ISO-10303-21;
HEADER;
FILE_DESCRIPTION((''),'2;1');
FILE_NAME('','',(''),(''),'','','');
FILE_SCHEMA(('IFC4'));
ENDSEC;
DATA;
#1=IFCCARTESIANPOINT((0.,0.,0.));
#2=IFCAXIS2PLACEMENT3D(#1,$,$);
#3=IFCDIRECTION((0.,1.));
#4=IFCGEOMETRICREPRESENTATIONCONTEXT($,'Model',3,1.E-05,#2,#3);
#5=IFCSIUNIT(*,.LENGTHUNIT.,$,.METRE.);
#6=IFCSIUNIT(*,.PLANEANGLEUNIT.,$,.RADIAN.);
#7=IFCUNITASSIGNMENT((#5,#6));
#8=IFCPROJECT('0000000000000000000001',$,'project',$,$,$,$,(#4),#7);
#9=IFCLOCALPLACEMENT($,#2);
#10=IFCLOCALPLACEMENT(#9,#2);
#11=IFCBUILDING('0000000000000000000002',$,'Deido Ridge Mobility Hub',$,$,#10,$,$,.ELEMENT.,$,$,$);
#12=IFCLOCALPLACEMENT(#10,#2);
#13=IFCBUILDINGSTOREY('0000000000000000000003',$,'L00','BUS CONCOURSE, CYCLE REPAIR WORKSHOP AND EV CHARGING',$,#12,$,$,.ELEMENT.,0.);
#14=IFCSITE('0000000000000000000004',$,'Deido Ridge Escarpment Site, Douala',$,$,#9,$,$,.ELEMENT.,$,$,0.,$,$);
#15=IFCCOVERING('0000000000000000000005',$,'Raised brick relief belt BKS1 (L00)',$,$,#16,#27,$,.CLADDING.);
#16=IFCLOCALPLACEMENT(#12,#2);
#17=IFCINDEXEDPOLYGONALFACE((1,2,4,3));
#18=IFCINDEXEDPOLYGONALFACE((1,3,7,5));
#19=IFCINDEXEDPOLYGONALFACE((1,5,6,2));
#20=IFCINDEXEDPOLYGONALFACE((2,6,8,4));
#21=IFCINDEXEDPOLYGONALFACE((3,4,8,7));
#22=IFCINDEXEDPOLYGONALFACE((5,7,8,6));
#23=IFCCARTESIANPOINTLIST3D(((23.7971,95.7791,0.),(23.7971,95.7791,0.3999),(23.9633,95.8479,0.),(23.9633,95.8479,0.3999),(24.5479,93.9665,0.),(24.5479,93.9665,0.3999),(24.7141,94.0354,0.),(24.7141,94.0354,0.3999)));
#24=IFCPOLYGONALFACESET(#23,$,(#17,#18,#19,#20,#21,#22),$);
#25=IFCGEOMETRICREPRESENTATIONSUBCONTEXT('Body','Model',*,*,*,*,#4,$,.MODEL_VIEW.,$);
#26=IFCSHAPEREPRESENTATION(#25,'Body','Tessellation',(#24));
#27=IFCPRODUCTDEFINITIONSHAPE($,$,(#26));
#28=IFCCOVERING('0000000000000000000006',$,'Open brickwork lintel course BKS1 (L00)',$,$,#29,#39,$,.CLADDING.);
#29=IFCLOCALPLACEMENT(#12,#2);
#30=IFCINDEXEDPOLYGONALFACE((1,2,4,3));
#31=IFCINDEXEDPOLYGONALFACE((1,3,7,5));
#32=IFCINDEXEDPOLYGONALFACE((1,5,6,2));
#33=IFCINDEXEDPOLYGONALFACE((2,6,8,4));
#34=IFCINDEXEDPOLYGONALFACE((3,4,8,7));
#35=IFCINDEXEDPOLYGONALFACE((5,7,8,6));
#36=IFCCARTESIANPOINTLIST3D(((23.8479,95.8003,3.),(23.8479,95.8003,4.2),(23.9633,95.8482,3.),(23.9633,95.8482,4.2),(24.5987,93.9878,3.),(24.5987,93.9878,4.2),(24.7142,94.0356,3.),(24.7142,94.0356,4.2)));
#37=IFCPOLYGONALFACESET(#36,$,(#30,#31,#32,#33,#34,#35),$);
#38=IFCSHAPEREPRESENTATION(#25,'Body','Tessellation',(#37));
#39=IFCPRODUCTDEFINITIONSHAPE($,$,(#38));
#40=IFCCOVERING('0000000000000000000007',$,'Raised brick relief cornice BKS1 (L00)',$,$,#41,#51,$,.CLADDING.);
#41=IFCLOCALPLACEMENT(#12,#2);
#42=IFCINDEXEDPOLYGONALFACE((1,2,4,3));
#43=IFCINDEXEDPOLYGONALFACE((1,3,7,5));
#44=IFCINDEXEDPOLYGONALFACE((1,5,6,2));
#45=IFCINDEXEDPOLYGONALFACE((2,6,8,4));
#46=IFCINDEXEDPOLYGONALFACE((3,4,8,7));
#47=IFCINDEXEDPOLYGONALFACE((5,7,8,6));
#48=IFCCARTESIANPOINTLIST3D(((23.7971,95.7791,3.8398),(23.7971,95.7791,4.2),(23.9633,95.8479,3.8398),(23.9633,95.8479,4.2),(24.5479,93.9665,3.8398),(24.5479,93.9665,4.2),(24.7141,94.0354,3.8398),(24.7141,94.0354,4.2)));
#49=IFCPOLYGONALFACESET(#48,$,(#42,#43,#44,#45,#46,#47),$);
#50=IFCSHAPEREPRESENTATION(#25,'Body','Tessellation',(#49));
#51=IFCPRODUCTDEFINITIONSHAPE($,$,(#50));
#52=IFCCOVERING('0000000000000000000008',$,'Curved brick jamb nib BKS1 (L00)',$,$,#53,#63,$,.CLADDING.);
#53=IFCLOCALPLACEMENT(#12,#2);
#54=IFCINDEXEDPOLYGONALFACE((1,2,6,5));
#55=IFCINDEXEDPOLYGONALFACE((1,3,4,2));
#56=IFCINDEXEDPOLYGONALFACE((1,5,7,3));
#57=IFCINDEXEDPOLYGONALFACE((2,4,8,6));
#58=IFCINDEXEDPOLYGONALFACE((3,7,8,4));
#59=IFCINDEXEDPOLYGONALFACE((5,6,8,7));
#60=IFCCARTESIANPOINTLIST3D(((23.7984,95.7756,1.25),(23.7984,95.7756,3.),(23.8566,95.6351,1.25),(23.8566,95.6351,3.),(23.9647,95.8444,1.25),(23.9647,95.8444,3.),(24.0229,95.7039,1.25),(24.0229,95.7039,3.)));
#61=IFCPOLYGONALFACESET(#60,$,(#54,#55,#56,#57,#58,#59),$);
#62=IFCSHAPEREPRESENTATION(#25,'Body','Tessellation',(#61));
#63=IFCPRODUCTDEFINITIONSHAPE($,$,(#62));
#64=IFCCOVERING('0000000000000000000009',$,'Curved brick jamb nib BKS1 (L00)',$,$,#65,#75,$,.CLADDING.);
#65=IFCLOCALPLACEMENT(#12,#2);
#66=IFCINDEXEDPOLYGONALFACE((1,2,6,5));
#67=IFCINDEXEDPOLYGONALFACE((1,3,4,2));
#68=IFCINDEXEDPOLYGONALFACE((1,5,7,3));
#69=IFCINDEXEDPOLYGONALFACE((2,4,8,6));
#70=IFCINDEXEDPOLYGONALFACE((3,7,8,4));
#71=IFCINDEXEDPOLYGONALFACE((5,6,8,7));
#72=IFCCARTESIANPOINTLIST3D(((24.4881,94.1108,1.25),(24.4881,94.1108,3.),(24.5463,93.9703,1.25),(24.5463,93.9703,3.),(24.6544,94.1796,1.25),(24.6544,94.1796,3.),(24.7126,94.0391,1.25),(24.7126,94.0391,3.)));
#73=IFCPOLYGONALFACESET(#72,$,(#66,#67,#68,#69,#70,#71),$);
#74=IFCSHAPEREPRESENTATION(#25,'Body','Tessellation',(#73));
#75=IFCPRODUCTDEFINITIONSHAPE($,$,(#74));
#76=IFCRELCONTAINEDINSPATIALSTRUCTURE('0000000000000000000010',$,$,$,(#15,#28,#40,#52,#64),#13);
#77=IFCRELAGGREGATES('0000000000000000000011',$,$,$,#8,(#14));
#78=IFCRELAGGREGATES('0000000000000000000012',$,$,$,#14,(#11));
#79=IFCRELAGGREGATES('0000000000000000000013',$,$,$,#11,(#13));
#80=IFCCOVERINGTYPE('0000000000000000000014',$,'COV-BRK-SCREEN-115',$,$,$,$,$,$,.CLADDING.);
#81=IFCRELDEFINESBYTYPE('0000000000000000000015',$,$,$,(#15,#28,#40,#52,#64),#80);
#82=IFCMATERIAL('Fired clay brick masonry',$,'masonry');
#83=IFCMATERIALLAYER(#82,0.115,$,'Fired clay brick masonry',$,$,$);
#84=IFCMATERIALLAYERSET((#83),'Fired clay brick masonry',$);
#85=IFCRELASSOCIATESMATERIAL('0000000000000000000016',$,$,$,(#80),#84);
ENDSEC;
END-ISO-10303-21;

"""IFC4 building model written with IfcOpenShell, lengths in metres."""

from ifc_helpers import new_model, si_unit, direction, frame, origin, origin_2d, place, context, subcontext, project, spatial, rectangle, extrude, material, layer, layer_set, type_object, element, save


model = new_model("IFC4")

# Units and contexts
model_context = context("Model", 3, precision=1e-05, world=origin(), true_north=direction((0.0, 1.0)))
body_context = subcontext(model_context, "Body", "Model", "MODEL_VIEW")
ifc_project = project(units=[si_unit("LENGTHUNIT", "METRE"), si_unit("PLANEANGLEUNIT", "RADIAN")], contexts=[model_context])

# Site, building, storey
site_placement = place(None, origin())
site = spatial("IfcSite", under=ifc_project, at=site_placement, Name="Deido Ridge Escarpment Site, Douala", CompositionType="ELEMENT", RefElevation=0.0)
building_placement = place(site_placement, origin())
building = spatial("IfcBuilding", under=site, at=building_placement, Name="Deido Ridge Mobility Hub", CompositionType="ELEMENT")
storey_placement = place(building_placement, origin())
storey = spatial("IfcBuildingStorey", under=building, at=storey_placement, Name="L00", Description="BUS CONCOURSE, CYCLE REPAIR WORKSHOP AND EV CHARGING", CompositionType="ELEMENT", Elevation=0.0)

# Coverings
ifc_material_1 = material(Name="Fired clay brick masonry", Category="masonry")
ifc_layer = layer(ifc_material_1, 0.115, Name="Fired clay brick masonry")
ifc_layer_set = layer_set([ifc_layer], Name="Fired clay brick masonry")
covering_type = type_object("IfcCoveringType", Name="COV-BRK-SCREEN-115", PredefinedType="CLADDING", material=ifc_layer_set)
covering_1_placement = place(storey_placement, frame((24.2556, 94.9072, 0.0), z_axis=(0.0, 0.0, 1.0), x_axis=(0.3827, -0.923873, 0.0)))
element("IfcCovering", 1, at=covering_1_placement, inside=storey, type_object=covering_type, Name="Raised brick relief belt BKS1 (L00)", PredefinedType="CLADDING", context=body_context, shape_type="SweptSolid", body=[
    extrude(rectangle(XDim=1.9619, YDim=0.1799, at=origin_2d()), origin(), (0.0, 0.0, 1.0), 0.3999),
])
covering_2_placement = place(storey_placement, frame((24.281, 94.918, 3.0), z_axis=(0.0, 0.0, 1.0), x_axis=(0.3827, -0.923873, 0.0)))
element("IfcCovering", 2, at=covering_2_placement, inside=storey, type_object=covering_type, Name="Open brickwork lintel course BKS1 (L00)", PredefinedType="CLADDING", context=body_context, shape_type="SweptSolid", body=[
    extrude(rectangle(XDim=1.9619, YDim=0.125, at=origin_2d()), origin(), (0.0, 0.0, 1.0), 1.2),
])
covering_3_placement = place(storey_placement, frame((24.2556, 94.9072, 3.8398), z_axis=(0.0, 0.0, 1.0), x_axis=(0.3827, -0.923873, 0.0)))
element("IfcCovering", 3, at=covering_3_placement, inside=storey, type_object=covering_type, Name="Raised brick relief cornice BKS1 (L00)", PredefinedType="CLADDING", context=body_context, shape_type="SweptSolid", body=[
    extrude(rectangle(XDim=1.9619, YDim=0.1799, at=origin_2d()), origin(), (0.0, 0.0, 1.0), 0.3601),
])
for number, where, z_axis, x_axis, name in (
    (4, (23.9106, 95.7397, 1.25), (0.0, 0.0, 1.0), (0.3827, -0.923873, 0.0), "Curved brick jamb nib BKS1 (L00)"),
    (5, (24.6003, 94.075, 1.25), (0.0, 0.0, 1.0), (0.3827, -0.923873, 0.0), "Curved brick jamb nib BKS1 (L00)"),
):
    element("IfcCovering", number, at=place(storey_placement, frame(where, z_axis=z_axis, x_axis=x_axis)), inside=storey, type_object=covering_type, Name=name, PredefinedType="CLADDING", context=body_context, shape_type="SweptSolid", body=[
        extrude(rectangle(XDim=0.1521, YDim=0.1799, at=origin_2d()), origin(), (0.0, 0.0, 1.0), 1.75),
    ])

save(model, "model.ifc")
